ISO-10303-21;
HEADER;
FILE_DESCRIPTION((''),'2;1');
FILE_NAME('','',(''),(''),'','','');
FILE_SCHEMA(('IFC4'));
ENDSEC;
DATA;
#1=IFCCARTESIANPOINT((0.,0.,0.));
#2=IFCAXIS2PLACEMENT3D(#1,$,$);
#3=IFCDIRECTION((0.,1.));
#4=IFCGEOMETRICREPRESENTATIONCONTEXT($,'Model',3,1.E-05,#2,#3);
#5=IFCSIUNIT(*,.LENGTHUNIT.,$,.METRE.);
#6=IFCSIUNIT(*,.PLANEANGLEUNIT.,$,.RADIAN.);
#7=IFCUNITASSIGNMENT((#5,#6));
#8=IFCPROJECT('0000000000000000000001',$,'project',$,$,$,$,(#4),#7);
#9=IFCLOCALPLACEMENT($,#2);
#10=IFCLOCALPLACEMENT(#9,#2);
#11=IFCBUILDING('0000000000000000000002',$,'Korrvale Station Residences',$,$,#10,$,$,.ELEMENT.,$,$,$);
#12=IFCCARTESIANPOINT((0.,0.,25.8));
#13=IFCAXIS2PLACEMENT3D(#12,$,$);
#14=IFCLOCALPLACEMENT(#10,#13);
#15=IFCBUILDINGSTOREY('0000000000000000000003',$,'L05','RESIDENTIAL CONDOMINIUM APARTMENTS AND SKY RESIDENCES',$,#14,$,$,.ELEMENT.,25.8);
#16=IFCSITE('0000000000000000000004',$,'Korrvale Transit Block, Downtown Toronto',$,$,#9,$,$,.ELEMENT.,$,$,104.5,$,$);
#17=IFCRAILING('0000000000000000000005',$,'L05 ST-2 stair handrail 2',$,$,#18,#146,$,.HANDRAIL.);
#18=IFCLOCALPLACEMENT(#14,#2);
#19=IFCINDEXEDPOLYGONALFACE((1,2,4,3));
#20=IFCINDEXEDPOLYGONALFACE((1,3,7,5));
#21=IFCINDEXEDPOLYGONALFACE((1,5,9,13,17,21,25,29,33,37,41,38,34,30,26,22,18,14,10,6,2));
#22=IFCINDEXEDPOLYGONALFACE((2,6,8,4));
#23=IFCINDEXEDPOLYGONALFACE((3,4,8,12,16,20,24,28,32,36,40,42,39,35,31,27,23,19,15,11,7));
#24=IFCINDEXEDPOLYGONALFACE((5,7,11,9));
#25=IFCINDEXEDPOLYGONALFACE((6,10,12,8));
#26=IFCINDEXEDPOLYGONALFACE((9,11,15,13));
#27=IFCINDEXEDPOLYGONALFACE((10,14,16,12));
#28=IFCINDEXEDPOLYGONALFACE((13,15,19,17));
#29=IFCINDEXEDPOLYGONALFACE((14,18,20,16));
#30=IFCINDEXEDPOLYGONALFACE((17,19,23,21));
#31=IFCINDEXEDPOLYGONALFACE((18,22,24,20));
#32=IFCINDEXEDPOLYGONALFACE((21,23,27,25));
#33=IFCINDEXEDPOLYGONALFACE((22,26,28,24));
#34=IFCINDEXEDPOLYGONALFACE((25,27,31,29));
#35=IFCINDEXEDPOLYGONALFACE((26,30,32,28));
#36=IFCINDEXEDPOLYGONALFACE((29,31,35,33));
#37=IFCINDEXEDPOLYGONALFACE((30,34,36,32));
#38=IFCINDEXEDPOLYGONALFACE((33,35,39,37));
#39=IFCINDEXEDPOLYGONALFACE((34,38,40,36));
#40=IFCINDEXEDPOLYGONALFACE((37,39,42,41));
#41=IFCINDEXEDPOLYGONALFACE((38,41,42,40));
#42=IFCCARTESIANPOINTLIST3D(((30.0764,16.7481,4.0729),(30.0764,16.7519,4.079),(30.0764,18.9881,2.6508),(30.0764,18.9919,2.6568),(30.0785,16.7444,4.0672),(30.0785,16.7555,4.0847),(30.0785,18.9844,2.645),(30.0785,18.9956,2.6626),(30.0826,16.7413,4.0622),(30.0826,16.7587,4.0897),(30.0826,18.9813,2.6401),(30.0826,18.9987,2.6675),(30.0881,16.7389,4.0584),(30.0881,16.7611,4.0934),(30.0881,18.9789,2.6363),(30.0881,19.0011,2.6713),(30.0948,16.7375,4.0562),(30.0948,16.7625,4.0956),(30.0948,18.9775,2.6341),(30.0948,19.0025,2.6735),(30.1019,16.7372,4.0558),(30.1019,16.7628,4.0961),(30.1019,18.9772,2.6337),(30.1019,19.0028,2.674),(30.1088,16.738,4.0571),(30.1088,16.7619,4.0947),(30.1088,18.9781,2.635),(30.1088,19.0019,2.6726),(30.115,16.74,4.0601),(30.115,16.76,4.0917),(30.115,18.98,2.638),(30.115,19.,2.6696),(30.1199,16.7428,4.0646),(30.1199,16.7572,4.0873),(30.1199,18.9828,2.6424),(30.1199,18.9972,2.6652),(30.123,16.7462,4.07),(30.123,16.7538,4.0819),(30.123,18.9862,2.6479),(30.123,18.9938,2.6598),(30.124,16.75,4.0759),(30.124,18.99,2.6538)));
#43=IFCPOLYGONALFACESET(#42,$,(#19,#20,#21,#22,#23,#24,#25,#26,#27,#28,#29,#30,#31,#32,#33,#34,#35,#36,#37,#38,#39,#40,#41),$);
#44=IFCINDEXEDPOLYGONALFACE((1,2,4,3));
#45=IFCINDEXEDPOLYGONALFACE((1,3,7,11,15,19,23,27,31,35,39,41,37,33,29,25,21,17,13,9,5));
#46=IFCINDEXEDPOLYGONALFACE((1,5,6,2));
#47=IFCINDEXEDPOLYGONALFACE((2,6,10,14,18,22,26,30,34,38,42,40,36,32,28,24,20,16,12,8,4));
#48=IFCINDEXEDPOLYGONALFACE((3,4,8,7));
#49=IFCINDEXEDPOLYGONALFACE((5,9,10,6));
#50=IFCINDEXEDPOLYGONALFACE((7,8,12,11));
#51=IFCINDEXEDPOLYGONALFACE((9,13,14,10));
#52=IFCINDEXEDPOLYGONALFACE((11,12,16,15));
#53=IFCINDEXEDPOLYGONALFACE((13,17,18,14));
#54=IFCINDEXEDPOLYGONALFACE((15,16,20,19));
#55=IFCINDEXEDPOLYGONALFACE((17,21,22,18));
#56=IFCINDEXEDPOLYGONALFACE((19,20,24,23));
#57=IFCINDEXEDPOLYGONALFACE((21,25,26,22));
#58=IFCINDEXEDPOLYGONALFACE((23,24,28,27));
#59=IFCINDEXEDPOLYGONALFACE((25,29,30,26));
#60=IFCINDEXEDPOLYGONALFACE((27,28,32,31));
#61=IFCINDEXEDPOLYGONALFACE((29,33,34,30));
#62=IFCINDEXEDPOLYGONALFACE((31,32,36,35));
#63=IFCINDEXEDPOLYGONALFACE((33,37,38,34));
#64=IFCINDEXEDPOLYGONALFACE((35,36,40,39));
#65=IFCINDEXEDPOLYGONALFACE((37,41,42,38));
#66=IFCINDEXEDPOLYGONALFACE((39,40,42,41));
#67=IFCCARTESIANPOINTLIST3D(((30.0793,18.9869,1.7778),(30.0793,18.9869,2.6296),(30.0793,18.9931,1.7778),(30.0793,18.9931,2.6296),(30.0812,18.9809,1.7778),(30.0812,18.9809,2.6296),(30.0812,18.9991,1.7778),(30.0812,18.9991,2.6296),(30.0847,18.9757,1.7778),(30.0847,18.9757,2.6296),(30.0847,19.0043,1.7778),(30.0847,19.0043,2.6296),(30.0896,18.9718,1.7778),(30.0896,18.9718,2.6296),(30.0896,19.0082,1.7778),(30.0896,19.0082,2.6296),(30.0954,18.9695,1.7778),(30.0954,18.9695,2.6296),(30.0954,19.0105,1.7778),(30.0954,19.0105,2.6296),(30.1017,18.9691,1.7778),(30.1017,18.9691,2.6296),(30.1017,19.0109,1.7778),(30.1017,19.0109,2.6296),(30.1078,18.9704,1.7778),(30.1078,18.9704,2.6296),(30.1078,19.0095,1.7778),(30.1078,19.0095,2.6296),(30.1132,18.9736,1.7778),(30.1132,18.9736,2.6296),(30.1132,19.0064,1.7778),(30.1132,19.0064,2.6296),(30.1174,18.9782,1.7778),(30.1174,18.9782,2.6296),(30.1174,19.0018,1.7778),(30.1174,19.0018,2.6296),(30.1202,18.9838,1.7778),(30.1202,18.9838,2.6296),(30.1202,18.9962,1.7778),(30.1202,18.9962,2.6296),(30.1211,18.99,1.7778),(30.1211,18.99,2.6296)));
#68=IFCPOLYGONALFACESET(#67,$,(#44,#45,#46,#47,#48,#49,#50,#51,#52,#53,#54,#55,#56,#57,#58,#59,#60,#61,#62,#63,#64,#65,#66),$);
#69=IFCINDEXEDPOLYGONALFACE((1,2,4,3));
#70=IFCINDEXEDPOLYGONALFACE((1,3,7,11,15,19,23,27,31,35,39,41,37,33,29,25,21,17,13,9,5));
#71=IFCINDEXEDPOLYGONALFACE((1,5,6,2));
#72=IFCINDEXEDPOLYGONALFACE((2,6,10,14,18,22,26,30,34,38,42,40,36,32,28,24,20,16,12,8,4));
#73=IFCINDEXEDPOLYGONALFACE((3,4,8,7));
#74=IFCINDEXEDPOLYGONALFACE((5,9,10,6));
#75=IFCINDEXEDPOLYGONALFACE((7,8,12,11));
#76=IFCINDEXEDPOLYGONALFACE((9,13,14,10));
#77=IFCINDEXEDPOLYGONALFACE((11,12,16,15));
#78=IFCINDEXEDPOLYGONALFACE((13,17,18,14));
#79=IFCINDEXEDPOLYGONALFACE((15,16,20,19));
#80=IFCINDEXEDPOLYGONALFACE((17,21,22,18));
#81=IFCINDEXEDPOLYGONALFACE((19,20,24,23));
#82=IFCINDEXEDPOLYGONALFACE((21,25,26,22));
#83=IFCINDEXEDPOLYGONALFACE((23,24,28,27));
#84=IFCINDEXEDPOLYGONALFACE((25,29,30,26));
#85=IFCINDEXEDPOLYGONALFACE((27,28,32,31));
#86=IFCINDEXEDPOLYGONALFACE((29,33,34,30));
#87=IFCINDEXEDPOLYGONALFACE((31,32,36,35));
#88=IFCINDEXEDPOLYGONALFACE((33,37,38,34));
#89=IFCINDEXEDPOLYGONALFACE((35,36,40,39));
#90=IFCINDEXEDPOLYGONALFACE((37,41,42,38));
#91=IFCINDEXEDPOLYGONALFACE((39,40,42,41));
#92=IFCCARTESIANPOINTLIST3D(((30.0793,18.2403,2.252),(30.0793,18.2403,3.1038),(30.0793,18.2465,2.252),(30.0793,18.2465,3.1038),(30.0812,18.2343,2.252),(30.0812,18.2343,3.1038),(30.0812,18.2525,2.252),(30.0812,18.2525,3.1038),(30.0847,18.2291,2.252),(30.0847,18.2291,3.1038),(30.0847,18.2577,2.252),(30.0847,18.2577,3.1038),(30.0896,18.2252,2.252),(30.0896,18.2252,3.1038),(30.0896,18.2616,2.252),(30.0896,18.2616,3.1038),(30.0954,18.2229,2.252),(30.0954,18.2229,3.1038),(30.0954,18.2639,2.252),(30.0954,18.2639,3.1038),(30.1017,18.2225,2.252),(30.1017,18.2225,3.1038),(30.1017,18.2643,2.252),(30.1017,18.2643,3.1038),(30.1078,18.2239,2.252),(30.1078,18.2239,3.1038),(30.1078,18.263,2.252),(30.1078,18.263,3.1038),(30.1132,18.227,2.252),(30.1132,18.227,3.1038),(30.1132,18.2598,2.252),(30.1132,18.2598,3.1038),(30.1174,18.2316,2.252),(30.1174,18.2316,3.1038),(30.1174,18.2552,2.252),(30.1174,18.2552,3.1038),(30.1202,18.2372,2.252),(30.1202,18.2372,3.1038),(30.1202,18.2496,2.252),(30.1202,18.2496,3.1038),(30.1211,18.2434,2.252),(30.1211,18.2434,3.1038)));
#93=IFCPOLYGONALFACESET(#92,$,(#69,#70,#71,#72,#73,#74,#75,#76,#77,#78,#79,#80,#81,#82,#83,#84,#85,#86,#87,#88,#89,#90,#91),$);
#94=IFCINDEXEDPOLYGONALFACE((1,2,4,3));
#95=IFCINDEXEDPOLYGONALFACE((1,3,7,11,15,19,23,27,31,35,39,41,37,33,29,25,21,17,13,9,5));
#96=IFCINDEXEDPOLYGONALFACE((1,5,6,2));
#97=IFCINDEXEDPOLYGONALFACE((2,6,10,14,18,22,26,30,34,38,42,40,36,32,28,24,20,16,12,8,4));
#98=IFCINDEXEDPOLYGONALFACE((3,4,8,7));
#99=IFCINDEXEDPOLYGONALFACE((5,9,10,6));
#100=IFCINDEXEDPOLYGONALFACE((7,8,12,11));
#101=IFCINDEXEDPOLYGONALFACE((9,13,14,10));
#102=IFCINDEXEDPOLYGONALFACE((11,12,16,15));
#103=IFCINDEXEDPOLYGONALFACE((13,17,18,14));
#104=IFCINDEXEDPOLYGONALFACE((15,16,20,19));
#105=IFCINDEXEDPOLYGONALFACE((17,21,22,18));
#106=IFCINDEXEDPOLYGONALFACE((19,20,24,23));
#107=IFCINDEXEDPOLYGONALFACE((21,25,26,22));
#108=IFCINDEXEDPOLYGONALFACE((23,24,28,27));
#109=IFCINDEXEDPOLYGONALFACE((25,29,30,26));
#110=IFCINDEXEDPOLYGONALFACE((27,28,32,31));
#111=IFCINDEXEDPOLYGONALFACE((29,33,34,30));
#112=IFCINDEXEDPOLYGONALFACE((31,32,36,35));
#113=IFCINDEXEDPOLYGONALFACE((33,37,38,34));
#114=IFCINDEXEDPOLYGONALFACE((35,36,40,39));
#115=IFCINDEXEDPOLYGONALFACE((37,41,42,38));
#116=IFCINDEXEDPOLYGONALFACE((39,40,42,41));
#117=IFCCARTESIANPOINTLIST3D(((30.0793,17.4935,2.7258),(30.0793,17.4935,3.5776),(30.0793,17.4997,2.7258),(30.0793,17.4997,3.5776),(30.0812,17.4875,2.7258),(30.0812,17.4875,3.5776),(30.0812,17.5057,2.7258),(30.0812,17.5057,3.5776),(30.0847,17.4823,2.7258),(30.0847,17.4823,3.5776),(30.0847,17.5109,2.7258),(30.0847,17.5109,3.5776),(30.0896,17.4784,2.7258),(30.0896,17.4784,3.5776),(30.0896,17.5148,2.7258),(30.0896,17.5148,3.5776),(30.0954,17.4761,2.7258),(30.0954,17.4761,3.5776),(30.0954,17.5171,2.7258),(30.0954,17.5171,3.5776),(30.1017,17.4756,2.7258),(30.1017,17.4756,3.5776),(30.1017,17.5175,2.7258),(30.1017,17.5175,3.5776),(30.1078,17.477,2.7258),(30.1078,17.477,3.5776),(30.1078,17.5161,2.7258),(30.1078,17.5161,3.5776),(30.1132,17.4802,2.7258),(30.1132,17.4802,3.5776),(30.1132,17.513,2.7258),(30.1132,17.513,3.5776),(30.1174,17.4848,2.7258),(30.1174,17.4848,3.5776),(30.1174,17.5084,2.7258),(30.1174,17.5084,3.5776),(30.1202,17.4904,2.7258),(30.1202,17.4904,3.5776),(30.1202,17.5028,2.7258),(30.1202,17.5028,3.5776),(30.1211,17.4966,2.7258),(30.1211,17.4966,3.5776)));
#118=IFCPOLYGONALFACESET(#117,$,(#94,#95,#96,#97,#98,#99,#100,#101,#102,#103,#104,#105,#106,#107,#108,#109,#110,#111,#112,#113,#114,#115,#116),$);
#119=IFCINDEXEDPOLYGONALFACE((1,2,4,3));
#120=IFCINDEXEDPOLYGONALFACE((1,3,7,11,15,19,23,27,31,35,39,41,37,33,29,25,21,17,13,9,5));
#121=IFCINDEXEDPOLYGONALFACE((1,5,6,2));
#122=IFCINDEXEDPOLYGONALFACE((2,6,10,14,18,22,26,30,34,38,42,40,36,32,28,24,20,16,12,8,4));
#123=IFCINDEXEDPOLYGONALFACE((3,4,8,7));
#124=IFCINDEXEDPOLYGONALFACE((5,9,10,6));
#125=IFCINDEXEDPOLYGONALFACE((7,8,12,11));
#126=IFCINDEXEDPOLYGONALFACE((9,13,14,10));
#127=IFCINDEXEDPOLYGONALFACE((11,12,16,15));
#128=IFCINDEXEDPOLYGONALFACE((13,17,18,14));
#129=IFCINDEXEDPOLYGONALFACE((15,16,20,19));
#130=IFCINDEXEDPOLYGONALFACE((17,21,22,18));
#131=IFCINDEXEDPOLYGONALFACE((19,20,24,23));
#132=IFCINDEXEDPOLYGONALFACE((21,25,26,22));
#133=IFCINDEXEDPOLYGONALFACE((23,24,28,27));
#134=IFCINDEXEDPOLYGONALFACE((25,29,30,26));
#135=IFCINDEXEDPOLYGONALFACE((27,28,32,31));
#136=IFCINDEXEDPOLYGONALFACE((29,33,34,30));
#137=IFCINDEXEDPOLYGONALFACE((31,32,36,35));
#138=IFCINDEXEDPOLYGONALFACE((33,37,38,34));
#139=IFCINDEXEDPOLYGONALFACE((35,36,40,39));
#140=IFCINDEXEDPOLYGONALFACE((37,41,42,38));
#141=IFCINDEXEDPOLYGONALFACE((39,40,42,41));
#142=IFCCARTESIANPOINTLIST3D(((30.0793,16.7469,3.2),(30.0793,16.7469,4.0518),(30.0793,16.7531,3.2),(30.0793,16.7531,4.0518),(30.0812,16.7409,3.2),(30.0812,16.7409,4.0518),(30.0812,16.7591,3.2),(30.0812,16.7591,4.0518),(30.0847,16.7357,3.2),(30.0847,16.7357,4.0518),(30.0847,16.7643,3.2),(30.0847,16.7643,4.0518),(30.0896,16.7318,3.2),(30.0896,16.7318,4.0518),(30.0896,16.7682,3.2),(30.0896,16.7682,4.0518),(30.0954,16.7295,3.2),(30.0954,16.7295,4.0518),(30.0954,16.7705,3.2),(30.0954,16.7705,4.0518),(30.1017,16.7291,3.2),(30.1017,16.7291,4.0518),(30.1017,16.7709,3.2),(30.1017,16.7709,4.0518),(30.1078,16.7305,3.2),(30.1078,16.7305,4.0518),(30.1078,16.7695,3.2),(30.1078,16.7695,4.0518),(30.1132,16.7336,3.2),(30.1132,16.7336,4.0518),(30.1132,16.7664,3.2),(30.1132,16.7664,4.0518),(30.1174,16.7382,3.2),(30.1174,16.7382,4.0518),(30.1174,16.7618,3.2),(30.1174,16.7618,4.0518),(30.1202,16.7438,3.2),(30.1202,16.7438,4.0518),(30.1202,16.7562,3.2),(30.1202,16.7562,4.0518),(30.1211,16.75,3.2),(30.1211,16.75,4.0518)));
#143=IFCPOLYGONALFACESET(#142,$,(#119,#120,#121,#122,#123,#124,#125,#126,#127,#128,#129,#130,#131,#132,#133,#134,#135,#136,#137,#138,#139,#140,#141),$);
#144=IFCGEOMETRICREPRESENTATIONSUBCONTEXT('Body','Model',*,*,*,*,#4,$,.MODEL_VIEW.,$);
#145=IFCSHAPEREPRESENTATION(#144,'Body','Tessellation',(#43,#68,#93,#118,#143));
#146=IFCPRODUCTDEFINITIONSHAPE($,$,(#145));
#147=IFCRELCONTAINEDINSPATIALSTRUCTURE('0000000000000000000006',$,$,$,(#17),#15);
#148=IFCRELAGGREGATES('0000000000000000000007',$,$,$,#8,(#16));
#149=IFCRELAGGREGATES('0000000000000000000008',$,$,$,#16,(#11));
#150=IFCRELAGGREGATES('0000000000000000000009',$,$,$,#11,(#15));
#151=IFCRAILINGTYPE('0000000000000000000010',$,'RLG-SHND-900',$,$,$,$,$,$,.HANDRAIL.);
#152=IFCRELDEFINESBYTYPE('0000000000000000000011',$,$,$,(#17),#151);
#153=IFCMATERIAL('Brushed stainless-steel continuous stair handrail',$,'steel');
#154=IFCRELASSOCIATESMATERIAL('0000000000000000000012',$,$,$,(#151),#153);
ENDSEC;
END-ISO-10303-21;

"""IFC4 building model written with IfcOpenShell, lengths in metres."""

from ifc_helpers import new_model, si_unit, direction, frame, origin, origin_2d, place, context, subcontext, project, spatial, circle, extrude, material, type_object, element, save


model = new_model("IFC4")

# Units and contexts
model_context = context("Model", 3, precision=1e-05, world=origin(), true_north=direction((0.0, 1.0)))
body_context = subcontext(model_context, "Body", "Model", "MODEL_VIEW")
ifc_project = project(units=[si_unit("LENGTHUNIT", "METRE"), si_unit("PLANEANGLEUNIT", "RADIAN")], contexts=[model_context])

# Site, building, storey
site_placement = place(None, origin())
site = spatial("IfcSite", under=ifc_project, at=site_placement, Name="Korrvale Transit Block, Downtown Toronto", CompositionType="ELEMENT", RefElevation=104.5)
building_placement = place(site_placement, origin())
building = spatial("IfcBuilding", under=site, at=building_placement, Name="Korrvale Station Residences", CompositionType="ELEMENT")
storey_placement = place(building_placement, frame((0.0, 0.0, 25.8)))
storey = spatial("IfcBuildingStorey", under=building, at=storey_placement, Name="L05", Description="RESIDENTIAL CONDOMINIUM APARTMENTS AND SKY RESIDENCES", CompositionType="ELEMENT", Elevation=25.8)

# Railing
ifc_material_1 = material(Name="Brushed stainless-steel continuous stair handrail", Category="steel")
railing_type_1 = type_object("IfcRailingType", Name="RLG-SHND-900", PredefinedType="HANDRAIL", material=ifc_material_1)
railing_1_placement = place(storey_placement, frame((30.1001, 18.99, 1.7778)))
element("IfcRailing", 1, at=railing_1_placement, inside=storey, type_object=railing_type_1, Name="L05 ST-2 stair handrail 2", PredefinedType="HANDRAIL", context=body_context, shape_type="SweptSolid", body=[
    extrude(circle(Radius=0.0239, at=origin_2d()), frame((0.0, 0.0, 0.876), z_axis=(0.0, -0.844229, 0.535982), x_axis=(1.0, 0.0, 0.0)), (0.0, 0.0, 1.0), 2.6533),
    extrude(circle(Radius=0.021, at=origin_2d()), origin(), (0.0, 0.0, 1.0), 0.8518),
    extrude(circle(Radius=0.021, at=origin_2d()), frame((0.0, -0.7466, 0.4741)), (0.0, 0.0, 1.0), 0.8518),
    extrude(circle(Radius=0.021, at=origin_2d()), frame((0.0, -1.4934, 0.948)), (0.0, 0.0, 1.0), 0.8518),
    extrude(circle(Radius=0.021, at=origin_2d()), frame((0.0, -2.24, 1.4221)), (0.0, 0.0, 1.0), 0.8518),
])

save(model, "model.ifc")
